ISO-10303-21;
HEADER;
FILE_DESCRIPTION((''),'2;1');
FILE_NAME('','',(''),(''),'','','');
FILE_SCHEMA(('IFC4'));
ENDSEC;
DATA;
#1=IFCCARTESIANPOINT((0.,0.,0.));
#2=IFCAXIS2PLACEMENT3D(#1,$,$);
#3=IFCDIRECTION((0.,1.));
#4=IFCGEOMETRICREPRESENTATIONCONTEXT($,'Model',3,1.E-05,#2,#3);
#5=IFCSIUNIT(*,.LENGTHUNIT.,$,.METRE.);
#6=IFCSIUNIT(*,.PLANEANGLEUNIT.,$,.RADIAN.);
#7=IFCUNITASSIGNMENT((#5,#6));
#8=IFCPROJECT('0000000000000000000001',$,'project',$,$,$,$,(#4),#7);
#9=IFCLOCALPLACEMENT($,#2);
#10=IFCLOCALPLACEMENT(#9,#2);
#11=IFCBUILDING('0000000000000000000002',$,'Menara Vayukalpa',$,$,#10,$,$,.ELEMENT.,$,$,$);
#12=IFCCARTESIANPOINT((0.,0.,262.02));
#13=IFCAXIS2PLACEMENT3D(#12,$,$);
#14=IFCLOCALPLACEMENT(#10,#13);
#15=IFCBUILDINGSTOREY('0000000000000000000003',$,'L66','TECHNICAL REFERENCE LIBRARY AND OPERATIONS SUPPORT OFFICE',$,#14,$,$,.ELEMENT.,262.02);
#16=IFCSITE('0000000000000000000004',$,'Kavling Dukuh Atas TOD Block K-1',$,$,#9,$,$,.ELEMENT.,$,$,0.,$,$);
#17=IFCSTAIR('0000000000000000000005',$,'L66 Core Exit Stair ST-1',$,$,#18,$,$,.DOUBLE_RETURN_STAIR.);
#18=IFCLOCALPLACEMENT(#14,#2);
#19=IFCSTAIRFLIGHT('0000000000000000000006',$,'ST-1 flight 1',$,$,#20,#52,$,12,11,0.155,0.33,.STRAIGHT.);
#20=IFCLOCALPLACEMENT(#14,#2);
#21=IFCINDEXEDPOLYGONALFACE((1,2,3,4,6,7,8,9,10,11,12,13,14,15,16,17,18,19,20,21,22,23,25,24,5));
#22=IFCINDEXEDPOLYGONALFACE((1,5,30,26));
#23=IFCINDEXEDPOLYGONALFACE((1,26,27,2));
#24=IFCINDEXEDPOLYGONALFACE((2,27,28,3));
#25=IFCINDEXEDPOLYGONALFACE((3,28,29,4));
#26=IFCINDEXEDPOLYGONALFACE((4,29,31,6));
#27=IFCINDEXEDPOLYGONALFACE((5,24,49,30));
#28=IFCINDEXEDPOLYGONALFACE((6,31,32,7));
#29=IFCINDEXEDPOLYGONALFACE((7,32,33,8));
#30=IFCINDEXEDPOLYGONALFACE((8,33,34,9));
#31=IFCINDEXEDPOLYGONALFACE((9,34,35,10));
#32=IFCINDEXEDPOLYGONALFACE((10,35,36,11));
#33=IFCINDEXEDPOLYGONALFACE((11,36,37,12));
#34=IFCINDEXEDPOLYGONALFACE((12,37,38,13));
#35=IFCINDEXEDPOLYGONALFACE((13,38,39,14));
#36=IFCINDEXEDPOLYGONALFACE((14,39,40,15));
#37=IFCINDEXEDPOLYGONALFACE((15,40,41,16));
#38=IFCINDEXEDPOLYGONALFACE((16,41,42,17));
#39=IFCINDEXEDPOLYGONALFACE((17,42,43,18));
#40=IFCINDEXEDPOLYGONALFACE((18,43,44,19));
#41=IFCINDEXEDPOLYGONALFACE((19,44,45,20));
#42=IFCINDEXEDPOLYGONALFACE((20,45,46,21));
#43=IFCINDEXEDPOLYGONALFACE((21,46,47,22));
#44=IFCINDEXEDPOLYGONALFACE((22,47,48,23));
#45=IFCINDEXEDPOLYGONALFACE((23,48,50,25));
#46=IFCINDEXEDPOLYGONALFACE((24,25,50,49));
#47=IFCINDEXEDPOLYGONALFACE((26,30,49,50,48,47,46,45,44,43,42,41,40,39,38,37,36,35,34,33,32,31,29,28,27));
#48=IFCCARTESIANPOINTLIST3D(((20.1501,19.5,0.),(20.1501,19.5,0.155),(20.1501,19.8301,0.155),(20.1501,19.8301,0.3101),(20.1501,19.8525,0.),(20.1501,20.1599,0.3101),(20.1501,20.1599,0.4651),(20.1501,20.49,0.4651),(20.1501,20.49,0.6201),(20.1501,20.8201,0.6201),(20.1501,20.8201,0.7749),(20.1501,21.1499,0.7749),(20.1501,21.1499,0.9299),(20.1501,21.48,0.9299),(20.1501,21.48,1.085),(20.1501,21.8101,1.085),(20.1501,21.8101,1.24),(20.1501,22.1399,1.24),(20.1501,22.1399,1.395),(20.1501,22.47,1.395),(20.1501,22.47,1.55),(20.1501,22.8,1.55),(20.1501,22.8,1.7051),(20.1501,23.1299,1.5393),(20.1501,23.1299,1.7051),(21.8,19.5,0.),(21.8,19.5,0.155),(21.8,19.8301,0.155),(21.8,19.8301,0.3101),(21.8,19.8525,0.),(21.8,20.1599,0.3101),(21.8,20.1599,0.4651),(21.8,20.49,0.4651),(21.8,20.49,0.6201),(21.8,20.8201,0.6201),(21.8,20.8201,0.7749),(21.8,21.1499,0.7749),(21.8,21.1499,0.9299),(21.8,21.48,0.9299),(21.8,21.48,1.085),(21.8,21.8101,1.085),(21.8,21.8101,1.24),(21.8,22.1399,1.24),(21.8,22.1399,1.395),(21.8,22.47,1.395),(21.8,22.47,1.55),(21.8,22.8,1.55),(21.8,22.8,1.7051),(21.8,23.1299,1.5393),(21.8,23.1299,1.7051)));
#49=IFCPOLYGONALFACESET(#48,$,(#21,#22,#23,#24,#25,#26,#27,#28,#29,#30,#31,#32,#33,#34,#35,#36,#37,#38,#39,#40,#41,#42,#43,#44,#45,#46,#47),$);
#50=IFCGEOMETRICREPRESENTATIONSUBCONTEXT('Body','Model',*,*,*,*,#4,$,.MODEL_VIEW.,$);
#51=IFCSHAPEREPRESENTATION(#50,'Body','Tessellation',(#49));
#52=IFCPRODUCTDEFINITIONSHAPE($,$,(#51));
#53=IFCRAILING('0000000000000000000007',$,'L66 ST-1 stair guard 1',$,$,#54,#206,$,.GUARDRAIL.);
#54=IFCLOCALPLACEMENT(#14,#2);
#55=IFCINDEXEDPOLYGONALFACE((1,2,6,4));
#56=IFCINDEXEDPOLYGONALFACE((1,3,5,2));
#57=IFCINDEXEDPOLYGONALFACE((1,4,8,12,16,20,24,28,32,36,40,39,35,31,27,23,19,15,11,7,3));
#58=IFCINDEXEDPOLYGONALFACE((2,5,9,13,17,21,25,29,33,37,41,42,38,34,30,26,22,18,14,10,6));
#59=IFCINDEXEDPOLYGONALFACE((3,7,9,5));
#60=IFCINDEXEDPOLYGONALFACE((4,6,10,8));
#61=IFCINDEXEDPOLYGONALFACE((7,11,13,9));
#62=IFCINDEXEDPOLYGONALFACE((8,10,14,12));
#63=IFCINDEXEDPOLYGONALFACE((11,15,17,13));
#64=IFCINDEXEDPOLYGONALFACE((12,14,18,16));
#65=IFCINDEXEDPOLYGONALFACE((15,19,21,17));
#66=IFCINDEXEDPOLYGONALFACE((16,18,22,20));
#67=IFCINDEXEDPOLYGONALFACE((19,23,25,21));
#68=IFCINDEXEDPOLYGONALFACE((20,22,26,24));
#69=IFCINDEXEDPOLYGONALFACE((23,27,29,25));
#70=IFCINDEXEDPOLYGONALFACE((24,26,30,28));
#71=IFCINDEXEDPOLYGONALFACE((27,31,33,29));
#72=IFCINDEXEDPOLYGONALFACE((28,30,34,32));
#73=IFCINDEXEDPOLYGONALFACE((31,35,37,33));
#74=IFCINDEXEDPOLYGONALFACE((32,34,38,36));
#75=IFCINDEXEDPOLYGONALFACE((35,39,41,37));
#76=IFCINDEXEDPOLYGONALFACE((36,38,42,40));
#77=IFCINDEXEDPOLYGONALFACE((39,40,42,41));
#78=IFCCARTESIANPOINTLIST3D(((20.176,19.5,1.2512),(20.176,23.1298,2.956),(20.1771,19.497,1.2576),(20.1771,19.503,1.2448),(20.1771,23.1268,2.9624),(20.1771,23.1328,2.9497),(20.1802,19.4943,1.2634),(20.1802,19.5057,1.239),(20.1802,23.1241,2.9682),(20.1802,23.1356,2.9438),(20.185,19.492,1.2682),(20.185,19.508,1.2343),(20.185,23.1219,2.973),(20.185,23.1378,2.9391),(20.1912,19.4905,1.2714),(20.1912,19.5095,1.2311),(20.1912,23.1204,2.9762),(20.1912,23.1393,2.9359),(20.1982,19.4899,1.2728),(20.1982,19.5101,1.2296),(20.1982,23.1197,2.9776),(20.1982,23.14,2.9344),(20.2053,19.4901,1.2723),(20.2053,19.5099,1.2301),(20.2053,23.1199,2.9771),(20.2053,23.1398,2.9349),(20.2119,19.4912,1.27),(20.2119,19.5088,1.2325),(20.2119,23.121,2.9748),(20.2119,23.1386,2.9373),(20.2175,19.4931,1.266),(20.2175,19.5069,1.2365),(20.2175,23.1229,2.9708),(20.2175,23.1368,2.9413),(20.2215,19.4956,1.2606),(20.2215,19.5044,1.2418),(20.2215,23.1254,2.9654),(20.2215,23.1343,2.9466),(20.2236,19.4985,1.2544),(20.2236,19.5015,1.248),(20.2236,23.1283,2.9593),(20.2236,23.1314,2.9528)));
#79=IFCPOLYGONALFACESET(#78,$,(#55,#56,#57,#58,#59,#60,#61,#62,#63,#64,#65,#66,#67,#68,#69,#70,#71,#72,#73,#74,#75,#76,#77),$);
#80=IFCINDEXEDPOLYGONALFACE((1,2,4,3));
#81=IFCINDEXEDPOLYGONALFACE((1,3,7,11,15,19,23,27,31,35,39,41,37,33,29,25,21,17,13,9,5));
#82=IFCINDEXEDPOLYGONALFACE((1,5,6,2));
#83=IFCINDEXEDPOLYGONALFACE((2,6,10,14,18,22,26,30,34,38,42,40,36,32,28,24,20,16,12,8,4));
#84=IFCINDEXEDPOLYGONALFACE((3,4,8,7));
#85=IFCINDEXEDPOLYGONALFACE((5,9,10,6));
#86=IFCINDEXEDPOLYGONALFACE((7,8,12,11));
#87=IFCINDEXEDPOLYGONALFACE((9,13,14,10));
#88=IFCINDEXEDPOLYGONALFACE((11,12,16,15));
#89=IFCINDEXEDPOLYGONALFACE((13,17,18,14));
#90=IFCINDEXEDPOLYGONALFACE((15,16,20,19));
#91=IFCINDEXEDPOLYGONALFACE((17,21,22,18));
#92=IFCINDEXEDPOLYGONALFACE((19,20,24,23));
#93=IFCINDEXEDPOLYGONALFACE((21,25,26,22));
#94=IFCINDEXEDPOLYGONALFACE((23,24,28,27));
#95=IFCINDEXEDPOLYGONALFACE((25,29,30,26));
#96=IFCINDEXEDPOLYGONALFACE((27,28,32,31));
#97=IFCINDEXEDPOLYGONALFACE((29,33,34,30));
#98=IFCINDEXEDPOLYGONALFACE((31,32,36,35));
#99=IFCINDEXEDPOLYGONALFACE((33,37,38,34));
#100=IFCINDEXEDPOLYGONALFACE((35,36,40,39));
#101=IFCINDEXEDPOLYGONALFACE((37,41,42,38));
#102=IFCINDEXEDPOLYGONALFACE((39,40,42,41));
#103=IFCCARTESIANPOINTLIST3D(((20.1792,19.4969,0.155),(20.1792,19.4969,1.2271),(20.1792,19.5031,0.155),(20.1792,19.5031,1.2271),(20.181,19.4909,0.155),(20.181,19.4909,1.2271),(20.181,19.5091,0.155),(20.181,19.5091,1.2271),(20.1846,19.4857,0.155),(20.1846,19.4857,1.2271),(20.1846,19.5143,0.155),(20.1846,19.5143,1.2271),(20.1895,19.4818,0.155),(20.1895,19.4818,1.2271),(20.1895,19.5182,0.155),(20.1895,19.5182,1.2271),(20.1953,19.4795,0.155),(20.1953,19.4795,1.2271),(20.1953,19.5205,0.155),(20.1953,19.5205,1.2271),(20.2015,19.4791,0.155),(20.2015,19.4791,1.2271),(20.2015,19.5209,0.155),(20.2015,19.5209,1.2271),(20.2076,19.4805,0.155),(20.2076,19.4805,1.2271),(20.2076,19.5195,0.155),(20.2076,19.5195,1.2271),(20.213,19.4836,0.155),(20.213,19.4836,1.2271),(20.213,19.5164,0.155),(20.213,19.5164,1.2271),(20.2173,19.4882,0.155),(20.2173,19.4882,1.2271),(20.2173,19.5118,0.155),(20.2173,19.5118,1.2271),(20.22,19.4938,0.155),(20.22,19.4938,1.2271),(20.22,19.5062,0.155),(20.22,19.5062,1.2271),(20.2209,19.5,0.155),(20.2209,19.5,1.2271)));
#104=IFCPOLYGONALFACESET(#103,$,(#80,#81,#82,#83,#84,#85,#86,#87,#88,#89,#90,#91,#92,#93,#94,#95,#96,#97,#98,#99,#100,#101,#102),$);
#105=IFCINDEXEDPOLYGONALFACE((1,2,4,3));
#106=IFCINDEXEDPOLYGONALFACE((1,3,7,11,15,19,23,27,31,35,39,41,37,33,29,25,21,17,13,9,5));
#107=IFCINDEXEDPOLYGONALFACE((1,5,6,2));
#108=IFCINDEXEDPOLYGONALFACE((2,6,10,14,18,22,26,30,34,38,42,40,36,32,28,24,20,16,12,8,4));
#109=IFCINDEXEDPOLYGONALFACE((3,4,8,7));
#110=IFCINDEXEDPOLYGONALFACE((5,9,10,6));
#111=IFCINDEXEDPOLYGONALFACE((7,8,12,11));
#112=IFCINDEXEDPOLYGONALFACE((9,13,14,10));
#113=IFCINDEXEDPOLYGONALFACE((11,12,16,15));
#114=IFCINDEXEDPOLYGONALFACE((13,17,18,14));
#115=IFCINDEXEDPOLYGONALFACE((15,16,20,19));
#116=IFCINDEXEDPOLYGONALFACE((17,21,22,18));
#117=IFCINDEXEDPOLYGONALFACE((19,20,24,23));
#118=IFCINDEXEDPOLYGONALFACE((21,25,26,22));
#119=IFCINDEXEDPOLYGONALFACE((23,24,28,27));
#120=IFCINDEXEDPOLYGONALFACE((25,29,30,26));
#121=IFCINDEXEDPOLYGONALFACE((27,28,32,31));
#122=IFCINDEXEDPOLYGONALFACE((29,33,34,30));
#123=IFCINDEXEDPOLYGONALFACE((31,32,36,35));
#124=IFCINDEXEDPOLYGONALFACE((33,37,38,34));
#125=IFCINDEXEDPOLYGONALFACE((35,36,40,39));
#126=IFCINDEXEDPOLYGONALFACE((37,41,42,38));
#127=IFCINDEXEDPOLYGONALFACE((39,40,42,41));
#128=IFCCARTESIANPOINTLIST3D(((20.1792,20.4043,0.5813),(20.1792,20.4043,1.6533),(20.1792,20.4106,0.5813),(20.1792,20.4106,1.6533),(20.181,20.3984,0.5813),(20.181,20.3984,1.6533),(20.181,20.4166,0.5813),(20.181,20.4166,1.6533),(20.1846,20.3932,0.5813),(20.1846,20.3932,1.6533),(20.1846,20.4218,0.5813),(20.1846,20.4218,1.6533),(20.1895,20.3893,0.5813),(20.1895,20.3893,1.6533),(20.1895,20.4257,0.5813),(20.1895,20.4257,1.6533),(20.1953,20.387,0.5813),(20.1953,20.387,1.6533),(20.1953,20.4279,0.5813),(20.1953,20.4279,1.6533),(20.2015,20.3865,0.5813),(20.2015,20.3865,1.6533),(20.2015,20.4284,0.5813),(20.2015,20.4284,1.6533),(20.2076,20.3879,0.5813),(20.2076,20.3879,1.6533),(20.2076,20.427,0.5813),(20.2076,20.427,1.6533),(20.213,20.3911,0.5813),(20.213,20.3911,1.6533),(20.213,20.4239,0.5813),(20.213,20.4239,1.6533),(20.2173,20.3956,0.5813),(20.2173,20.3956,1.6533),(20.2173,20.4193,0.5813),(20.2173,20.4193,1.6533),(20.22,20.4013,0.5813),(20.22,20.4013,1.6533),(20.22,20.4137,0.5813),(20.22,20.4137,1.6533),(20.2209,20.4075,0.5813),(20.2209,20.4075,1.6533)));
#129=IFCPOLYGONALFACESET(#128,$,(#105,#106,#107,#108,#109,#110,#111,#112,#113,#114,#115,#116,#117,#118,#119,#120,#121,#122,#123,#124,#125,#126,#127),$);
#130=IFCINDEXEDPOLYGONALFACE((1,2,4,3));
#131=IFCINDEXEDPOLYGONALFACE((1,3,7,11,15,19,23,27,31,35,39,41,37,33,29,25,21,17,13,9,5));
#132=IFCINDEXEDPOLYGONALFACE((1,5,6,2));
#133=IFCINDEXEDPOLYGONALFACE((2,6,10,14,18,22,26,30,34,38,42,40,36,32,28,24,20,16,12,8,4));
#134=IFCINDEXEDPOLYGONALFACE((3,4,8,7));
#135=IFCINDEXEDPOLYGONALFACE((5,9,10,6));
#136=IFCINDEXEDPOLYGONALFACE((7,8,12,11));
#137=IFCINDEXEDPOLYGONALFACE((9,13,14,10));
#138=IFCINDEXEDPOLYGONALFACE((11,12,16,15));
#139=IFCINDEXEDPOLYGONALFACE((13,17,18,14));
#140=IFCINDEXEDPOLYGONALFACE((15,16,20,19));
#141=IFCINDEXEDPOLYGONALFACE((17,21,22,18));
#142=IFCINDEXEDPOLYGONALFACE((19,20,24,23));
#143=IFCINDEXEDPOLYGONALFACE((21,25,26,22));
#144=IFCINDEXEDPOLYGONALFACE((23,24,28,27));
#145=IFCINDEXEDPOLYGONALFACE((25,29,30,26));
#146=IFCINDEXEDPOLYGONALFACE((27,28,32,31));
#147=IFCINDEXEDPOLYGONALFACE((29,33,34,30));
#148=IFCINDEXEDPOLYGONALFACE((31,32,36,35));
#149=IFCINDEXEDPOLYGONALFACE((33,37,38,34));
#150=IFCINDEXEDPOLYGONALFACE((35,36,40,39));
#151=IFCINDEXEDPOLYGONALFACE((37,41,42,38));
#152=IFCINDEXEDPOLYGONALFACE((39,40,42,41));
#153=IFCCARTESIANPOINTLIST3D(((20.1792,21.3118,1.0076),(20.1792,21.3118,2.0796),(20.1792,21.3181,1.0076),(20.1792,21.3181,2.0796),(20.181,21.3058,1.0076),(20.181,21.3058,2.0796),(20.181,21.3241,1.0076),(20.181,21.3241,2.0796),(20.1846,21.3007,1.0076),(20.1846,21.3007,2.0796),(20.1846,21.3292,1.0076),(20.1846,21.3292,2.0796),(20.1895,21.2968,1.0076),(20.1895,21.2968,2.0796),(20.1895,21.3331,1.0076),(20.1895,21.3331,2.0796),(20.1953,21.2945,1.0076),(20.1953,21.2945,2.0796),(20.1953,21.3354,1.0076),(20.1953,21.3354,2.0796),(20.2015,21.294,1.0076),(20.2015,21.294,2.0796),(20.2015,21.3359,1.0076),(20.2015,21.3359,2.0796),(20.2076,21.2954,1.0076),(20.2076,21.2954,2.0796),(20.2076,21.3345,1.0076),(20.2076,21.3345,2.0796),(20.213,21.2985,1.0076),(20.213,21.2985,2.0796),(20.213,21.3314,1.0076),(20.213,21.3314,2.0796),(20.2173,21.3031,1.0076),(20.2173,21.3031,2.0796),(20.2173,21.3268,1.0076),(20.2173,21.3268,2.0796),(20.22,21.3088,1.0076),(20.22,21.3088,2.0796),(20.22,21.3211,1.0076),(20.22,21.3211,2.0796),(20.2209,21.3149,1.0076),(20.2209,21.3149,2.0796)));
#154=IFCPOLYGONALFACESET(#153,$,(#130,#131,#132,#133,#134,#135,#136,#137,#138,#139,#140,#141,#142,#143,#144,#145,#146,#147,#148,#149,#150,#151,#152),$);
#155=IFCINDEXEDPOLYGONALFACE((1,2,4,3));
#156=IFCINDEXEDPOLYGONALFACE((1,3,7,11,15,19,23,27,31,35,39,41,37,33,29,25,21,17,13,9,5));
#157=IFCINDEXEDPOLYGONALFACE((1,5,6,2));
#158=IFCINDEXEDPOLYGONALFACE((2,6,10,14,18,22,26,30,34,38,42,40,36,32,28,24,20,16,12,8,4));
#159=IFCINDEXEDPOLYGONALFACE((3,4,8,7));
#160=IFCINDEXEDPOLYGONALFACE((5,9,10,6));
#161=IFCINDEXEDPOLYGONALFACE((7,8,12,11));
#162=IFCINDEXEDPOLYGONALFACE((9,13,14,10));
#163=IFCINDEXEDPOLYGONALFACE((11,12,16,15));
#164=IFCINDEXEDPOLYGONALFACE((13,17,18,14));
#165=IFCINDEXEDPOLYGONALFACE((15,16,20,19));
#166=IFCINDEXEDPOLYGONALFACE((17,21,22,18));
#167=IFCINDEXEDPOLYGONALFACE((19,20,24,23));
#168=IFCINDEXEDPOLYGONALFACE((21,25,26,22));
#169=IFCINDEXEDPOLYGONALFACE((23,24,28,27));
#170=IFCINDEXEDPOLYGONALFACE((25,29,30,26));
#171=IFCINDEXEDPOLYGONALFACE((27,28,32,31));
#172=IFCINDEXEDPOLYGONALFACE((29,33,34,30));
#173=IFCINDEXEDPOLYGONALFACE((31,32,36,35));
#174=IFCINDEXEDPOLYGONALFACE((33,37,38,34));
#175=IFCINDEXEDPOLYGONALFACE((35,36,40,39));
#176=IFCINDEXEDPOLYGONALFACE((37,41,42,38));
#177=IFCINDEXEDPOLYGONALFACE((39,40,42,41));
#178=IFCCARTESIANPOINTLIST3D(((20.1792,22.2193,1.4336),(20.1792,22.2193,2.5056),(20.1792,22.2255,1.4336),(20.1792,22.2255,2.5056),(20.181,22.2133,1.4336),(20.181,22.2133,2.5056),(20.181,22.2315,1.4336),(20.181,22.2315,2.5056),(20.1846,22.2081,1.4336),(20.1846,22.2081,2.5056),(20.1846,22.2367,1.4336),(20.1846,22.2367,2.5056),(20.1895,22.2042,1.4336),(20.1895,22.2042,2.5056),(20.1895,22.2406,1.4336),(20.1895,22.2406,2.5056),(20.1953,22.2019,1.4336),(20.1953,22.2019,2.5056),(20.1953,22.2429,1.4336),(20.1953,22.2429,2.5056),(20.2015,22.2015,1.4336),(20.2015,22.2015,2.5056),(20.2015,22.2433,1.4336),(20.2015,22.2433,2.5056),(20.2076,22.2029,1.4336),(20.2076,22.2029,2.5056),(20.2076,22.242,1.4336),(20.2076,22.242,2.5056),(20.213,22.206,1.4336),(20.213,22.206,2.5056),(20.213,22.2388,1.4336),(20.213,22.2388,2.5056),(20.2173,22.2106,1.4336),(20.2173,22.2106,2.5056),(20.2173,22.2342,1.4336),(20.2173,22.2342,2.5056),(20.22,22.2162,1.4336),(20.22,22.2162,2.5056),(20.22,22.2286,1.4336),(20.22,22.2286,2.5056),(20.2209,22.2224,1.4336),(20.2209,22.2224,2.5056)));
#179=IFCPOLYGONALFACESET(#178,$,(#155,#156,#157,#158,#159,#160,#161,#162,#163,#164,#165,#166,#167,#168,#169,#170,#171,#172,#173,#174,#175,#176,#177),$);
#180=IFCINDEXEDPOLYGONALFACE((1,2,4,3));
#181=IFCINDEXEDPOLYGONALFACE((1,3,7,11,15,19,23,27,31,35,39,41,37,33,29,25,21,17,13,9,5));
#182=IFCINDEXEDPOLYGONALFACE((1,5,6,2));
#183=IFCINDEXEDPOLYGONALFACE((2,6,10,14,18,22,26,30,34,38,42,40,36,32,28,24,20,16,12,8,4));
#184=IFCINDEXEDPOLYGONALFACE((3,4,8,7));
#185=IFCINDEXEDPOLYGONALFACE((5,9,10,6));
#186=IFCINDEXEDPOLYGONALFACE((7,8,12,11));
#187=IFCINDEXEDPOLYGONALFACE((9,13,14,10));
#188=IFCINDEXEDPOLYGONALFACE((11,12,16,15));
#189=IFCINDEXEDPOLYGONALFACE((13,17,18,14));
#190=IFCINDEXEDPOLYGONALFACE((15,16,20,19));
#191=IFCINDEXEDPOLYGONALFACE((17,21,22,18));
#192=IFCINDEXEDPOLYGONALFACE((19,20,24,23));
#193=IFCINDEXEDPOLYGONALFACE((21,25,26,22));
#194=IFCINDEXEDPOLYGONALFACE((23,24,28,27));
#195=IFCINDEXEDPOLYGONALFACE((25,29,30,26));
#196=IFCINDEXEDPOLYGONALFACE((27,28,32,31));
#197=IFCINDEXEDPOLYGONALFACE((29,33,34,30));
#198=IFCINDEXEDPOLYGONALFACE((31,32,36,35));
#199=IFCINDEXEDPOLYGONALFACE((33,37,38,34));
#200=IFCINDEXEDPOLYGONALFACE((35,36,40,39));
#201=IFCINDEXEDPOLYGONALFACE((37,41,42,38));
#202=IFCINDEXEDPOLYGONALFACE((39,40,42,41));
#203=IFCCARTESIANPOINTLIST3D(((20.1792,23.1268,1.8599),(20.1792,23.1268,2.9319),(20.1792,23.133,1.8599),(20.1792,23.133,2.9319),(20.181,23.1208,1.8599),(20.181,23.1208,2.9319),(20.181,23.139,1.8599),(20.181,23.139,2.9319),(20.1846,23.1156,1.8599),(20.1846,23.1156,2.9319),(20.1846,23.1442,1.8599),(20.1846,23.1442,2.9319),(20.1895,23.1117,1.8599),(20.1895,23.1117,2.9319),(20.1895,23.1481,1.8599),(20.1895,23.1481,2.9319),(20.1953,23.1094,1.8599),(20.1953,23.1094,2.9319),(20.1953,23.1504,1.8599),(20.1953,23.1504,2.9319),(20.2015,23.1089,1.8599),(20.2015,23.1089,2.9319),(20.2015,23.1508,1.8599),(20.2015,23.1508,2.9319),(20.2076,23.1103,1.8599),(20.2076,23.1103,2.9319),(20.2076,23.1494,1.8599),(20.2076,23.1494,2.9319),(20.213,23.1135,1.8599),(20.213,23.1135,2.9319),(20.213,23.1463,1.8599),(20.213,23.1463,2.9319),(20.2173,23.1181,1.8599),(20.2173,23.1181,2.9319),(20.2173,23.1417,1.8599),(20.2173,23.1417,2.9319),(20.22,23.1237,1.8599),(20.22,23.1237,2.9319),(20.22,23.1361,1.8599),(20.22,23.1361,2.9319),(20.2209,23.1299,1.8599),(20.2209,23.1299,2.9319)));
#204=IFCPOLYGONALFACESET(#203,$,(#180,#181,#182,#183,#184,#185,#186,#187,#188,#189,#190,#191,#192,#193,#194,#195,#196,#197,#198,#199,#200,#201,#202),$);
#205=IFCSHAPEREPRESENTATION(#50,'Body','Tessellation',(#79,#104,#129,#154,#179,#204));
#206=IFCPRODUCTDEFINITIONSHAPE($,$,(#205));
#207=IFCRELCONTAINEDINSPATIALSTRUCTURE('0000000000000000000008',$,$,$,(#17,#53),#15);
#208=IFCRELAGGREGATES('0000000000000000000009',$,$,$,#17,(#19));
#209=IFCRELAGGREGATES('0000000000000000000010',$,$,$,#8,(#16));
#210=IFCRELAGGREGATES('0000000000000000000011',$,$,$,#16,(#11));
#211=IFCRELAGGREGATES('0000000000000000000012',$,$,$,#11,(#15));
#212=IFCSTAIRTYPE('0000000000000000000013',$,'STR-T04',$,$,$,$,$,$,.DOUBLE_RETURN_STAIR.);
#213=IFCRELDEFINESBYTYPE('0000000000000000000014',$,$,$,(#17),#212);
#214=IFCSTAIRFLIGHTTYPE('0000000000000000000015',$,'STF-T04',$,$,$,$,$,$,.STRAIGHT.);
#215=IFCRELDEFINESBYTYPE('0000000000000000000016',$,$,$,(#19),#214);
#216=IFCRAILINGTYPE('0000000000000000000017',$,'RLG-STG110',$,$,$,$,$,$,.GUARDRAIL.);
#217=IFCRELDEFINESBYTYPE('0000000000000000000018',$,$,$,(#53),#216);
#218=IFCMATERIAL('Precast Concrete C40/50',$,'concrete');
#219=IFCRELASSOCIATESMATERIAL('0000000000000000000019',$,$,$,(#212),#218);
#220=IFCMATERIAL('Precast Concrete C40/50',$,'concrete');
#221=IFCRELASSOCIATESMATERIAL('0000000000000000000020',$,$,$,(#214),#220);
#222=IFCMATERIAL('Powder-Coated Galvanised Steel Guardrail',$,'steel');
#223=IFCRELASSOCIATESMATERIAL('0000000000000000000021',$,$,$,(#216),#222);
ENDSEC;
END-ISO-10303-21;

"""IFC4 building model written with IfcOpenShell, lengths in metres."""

from ifc_helpers import new_model, si_unit, direction, frame, origin, origin_2d, place, context, subcontext, project, spatial, polyline, circle, outline, extrude, material, type_object, element, aggregate, save


model = new_model("IFC4")

# Units and contexts
model_context = context("Model", 3, precision=1e-05, world=origin(), true_north=direction((0.0, 1.0)))
body_context = subcontext(model_context, "Body", "Model", "MODEL_VIEW")
ifc_project = project(units=[si_unit("LENGTHUNIT", "METRE"), si_unit("PLANEANGLEUNIT", "RADIAN")], contexts=[model_context])

# Site, building, storey
site_placement = place(None, origin())
site = spatial("IfcSite", under=ifc_project, at=site_placement, Name="Kavling Dukuh Atas TOD Block K-1", CompositionType="ELEMENT", RefElevation=0.0)
building_placement = place(site_placement, origin())
building = spatial("IfcBuilding", under=site, at=building_placement, Name="Menara Vayukalpa", CompositionType="ELEMENT")
storey_placement = place(building_placement, frame((0.0, 0.0, 262.02)))
storey = spatial("IfcBuildingStorey", under=building, at=storey_placement, Name="L66", Description="TECHNICAL REFERENCE LIBRARY AND OPERATIONS SUPPORT OFFICE", CompositionType="ELEMENT", Elevation=262.02)

# Stair, stair flight
ifc_material_1 = material(Name="Precast Concrete C40/50", Category="concrete")
stair_type = type_object("IfcStairType", Name="STR-T04", PredefinedType="DOUBLE_RETURN_STAIR", material=ifc_material_1)
stair_placement = place(storey_placement, origin())
stair = element("IfcStair", 1, at=stair_placement, inside=storey, type_object=stair_type, Name="L66 Core Exit Stair ST-1", PredefinedType="DOUBLE_RETURN_STAIR")
ifc_material_2 = material(Name="Precast Concrete C40/50", Category="concrete")
stair_flight_type = type_object("IfcStairFlightType", Name="STF-T04", PredefinedType="STRAIGHT", material=ifc_material_2)
stair_flight_placement = place(storey_placement, frame((20.9751, 19.5, 0.0), z_axis=(0.0, 0.0, 1.0), x_axis=(0.0, 1.0, 0.0)))
stair_flight = element("IfcStairFlight", 2, at=stair_flight_placement, type_object=stair_flight_type, Name="ST-1 flight 1", NumberOfRisers=12, NumberOfTreads=11, PredefinedType="STRAIGHT", RiserHeight=0.155, TreadLength=0.33, context=body_context, shape_type="SweptSolid", body=[
    extrude(outline(polyline([(0.0, 0.0), (0.0, 0.155), (0.3301, 0.155), (0.3301, 0.3101), (0.6599, 0.3101), (0.6599, 0.4651), (0.99, 0.4651), (0.99, 0.6201), (1.3201, 0.6201), (1.3201, 0.7749), (1.6499, 0.7749), (1.6499, 0.9299), (1.98, 0.9299), (1.98, 1.085), (2.3101, 1.085), (2.3101, 1.24), (2.6399, 1.24), (2.6399, 1.395), (2.97, 1.395), (2.97, 1.55), (3.3, 1.55), (3.3, 1.7051), (3.6299, 1.7051), (3.6299, 1.8601), (3.6299, 1.5393), (0.3525, 0.0), (0.0, 0.0)])), frame((0.0, 0.825, 0.0), z_axis=(0.0, -1.0, 0.0), x_axis=(1.0, 0.0, 0.0)), (0.0, 0.0, 1.0), 1.6499),
])
aggregate(stair, [stair_flight])

# Railing
ifc_material_3 = material(Name="Powder-Coated Galvanised Steel Guardrail", Category="steel")
railing_type_1 = type_object("IfcRailingType", Name="RLG-STG110", PredefinedType="GUARDRAIL", material=ifc_material_3)
railing_1_placement = place(storey_placement, frame((20.2, 19.5, 0.155)))
element("IfcRailing", 3, at=railing_1_placement, inside=storey, type_object=railing_type_1, Name="L66 ST-1 stair guard 1", PredefinedType="GUARDRAIL", context=body_context, shape_type="SweptSolid", body=[
    extrude(circle(Radius=0.0239, at=origin_2d()), frame((0.0, 0.0, 1.0962), z_axis=(0.0, 0.90514, 0.425114), x_axis=(-1.0, 0.0, 0.0)), (0.0, 0.0, 1.0), 4.0103),
    extrude(circle(Radius=0.021, at=origin_2d()), origin(), (0.0, 0.0, 1.0), 1.072),
    extrude(circle(Radius=0.021, at=origin_2d()), frame((0.0, 0.9075, 0.4263)), (0.0, 0.0, 1.0), 1.072),
    extrude(circle(Radius=0.021, at=origin_2d()), frame((0.0, 1.8149, 0.8525)), (0.0, 0.0, 1.0), 1.072),
    extrude(circle(Radius=0.021, at=origin_2d()), frame((0.0, 2.7224, 1.2786)), (0.0, 0.0, 1.0), 1.072),
    extrude(circle(Radius=0.021, at=origin_2d()), frame((0.0, 3.6299, 1.7048)), (0.0, 0.0, 1.0), 1.072),
])

save(model, "model.ifc")
